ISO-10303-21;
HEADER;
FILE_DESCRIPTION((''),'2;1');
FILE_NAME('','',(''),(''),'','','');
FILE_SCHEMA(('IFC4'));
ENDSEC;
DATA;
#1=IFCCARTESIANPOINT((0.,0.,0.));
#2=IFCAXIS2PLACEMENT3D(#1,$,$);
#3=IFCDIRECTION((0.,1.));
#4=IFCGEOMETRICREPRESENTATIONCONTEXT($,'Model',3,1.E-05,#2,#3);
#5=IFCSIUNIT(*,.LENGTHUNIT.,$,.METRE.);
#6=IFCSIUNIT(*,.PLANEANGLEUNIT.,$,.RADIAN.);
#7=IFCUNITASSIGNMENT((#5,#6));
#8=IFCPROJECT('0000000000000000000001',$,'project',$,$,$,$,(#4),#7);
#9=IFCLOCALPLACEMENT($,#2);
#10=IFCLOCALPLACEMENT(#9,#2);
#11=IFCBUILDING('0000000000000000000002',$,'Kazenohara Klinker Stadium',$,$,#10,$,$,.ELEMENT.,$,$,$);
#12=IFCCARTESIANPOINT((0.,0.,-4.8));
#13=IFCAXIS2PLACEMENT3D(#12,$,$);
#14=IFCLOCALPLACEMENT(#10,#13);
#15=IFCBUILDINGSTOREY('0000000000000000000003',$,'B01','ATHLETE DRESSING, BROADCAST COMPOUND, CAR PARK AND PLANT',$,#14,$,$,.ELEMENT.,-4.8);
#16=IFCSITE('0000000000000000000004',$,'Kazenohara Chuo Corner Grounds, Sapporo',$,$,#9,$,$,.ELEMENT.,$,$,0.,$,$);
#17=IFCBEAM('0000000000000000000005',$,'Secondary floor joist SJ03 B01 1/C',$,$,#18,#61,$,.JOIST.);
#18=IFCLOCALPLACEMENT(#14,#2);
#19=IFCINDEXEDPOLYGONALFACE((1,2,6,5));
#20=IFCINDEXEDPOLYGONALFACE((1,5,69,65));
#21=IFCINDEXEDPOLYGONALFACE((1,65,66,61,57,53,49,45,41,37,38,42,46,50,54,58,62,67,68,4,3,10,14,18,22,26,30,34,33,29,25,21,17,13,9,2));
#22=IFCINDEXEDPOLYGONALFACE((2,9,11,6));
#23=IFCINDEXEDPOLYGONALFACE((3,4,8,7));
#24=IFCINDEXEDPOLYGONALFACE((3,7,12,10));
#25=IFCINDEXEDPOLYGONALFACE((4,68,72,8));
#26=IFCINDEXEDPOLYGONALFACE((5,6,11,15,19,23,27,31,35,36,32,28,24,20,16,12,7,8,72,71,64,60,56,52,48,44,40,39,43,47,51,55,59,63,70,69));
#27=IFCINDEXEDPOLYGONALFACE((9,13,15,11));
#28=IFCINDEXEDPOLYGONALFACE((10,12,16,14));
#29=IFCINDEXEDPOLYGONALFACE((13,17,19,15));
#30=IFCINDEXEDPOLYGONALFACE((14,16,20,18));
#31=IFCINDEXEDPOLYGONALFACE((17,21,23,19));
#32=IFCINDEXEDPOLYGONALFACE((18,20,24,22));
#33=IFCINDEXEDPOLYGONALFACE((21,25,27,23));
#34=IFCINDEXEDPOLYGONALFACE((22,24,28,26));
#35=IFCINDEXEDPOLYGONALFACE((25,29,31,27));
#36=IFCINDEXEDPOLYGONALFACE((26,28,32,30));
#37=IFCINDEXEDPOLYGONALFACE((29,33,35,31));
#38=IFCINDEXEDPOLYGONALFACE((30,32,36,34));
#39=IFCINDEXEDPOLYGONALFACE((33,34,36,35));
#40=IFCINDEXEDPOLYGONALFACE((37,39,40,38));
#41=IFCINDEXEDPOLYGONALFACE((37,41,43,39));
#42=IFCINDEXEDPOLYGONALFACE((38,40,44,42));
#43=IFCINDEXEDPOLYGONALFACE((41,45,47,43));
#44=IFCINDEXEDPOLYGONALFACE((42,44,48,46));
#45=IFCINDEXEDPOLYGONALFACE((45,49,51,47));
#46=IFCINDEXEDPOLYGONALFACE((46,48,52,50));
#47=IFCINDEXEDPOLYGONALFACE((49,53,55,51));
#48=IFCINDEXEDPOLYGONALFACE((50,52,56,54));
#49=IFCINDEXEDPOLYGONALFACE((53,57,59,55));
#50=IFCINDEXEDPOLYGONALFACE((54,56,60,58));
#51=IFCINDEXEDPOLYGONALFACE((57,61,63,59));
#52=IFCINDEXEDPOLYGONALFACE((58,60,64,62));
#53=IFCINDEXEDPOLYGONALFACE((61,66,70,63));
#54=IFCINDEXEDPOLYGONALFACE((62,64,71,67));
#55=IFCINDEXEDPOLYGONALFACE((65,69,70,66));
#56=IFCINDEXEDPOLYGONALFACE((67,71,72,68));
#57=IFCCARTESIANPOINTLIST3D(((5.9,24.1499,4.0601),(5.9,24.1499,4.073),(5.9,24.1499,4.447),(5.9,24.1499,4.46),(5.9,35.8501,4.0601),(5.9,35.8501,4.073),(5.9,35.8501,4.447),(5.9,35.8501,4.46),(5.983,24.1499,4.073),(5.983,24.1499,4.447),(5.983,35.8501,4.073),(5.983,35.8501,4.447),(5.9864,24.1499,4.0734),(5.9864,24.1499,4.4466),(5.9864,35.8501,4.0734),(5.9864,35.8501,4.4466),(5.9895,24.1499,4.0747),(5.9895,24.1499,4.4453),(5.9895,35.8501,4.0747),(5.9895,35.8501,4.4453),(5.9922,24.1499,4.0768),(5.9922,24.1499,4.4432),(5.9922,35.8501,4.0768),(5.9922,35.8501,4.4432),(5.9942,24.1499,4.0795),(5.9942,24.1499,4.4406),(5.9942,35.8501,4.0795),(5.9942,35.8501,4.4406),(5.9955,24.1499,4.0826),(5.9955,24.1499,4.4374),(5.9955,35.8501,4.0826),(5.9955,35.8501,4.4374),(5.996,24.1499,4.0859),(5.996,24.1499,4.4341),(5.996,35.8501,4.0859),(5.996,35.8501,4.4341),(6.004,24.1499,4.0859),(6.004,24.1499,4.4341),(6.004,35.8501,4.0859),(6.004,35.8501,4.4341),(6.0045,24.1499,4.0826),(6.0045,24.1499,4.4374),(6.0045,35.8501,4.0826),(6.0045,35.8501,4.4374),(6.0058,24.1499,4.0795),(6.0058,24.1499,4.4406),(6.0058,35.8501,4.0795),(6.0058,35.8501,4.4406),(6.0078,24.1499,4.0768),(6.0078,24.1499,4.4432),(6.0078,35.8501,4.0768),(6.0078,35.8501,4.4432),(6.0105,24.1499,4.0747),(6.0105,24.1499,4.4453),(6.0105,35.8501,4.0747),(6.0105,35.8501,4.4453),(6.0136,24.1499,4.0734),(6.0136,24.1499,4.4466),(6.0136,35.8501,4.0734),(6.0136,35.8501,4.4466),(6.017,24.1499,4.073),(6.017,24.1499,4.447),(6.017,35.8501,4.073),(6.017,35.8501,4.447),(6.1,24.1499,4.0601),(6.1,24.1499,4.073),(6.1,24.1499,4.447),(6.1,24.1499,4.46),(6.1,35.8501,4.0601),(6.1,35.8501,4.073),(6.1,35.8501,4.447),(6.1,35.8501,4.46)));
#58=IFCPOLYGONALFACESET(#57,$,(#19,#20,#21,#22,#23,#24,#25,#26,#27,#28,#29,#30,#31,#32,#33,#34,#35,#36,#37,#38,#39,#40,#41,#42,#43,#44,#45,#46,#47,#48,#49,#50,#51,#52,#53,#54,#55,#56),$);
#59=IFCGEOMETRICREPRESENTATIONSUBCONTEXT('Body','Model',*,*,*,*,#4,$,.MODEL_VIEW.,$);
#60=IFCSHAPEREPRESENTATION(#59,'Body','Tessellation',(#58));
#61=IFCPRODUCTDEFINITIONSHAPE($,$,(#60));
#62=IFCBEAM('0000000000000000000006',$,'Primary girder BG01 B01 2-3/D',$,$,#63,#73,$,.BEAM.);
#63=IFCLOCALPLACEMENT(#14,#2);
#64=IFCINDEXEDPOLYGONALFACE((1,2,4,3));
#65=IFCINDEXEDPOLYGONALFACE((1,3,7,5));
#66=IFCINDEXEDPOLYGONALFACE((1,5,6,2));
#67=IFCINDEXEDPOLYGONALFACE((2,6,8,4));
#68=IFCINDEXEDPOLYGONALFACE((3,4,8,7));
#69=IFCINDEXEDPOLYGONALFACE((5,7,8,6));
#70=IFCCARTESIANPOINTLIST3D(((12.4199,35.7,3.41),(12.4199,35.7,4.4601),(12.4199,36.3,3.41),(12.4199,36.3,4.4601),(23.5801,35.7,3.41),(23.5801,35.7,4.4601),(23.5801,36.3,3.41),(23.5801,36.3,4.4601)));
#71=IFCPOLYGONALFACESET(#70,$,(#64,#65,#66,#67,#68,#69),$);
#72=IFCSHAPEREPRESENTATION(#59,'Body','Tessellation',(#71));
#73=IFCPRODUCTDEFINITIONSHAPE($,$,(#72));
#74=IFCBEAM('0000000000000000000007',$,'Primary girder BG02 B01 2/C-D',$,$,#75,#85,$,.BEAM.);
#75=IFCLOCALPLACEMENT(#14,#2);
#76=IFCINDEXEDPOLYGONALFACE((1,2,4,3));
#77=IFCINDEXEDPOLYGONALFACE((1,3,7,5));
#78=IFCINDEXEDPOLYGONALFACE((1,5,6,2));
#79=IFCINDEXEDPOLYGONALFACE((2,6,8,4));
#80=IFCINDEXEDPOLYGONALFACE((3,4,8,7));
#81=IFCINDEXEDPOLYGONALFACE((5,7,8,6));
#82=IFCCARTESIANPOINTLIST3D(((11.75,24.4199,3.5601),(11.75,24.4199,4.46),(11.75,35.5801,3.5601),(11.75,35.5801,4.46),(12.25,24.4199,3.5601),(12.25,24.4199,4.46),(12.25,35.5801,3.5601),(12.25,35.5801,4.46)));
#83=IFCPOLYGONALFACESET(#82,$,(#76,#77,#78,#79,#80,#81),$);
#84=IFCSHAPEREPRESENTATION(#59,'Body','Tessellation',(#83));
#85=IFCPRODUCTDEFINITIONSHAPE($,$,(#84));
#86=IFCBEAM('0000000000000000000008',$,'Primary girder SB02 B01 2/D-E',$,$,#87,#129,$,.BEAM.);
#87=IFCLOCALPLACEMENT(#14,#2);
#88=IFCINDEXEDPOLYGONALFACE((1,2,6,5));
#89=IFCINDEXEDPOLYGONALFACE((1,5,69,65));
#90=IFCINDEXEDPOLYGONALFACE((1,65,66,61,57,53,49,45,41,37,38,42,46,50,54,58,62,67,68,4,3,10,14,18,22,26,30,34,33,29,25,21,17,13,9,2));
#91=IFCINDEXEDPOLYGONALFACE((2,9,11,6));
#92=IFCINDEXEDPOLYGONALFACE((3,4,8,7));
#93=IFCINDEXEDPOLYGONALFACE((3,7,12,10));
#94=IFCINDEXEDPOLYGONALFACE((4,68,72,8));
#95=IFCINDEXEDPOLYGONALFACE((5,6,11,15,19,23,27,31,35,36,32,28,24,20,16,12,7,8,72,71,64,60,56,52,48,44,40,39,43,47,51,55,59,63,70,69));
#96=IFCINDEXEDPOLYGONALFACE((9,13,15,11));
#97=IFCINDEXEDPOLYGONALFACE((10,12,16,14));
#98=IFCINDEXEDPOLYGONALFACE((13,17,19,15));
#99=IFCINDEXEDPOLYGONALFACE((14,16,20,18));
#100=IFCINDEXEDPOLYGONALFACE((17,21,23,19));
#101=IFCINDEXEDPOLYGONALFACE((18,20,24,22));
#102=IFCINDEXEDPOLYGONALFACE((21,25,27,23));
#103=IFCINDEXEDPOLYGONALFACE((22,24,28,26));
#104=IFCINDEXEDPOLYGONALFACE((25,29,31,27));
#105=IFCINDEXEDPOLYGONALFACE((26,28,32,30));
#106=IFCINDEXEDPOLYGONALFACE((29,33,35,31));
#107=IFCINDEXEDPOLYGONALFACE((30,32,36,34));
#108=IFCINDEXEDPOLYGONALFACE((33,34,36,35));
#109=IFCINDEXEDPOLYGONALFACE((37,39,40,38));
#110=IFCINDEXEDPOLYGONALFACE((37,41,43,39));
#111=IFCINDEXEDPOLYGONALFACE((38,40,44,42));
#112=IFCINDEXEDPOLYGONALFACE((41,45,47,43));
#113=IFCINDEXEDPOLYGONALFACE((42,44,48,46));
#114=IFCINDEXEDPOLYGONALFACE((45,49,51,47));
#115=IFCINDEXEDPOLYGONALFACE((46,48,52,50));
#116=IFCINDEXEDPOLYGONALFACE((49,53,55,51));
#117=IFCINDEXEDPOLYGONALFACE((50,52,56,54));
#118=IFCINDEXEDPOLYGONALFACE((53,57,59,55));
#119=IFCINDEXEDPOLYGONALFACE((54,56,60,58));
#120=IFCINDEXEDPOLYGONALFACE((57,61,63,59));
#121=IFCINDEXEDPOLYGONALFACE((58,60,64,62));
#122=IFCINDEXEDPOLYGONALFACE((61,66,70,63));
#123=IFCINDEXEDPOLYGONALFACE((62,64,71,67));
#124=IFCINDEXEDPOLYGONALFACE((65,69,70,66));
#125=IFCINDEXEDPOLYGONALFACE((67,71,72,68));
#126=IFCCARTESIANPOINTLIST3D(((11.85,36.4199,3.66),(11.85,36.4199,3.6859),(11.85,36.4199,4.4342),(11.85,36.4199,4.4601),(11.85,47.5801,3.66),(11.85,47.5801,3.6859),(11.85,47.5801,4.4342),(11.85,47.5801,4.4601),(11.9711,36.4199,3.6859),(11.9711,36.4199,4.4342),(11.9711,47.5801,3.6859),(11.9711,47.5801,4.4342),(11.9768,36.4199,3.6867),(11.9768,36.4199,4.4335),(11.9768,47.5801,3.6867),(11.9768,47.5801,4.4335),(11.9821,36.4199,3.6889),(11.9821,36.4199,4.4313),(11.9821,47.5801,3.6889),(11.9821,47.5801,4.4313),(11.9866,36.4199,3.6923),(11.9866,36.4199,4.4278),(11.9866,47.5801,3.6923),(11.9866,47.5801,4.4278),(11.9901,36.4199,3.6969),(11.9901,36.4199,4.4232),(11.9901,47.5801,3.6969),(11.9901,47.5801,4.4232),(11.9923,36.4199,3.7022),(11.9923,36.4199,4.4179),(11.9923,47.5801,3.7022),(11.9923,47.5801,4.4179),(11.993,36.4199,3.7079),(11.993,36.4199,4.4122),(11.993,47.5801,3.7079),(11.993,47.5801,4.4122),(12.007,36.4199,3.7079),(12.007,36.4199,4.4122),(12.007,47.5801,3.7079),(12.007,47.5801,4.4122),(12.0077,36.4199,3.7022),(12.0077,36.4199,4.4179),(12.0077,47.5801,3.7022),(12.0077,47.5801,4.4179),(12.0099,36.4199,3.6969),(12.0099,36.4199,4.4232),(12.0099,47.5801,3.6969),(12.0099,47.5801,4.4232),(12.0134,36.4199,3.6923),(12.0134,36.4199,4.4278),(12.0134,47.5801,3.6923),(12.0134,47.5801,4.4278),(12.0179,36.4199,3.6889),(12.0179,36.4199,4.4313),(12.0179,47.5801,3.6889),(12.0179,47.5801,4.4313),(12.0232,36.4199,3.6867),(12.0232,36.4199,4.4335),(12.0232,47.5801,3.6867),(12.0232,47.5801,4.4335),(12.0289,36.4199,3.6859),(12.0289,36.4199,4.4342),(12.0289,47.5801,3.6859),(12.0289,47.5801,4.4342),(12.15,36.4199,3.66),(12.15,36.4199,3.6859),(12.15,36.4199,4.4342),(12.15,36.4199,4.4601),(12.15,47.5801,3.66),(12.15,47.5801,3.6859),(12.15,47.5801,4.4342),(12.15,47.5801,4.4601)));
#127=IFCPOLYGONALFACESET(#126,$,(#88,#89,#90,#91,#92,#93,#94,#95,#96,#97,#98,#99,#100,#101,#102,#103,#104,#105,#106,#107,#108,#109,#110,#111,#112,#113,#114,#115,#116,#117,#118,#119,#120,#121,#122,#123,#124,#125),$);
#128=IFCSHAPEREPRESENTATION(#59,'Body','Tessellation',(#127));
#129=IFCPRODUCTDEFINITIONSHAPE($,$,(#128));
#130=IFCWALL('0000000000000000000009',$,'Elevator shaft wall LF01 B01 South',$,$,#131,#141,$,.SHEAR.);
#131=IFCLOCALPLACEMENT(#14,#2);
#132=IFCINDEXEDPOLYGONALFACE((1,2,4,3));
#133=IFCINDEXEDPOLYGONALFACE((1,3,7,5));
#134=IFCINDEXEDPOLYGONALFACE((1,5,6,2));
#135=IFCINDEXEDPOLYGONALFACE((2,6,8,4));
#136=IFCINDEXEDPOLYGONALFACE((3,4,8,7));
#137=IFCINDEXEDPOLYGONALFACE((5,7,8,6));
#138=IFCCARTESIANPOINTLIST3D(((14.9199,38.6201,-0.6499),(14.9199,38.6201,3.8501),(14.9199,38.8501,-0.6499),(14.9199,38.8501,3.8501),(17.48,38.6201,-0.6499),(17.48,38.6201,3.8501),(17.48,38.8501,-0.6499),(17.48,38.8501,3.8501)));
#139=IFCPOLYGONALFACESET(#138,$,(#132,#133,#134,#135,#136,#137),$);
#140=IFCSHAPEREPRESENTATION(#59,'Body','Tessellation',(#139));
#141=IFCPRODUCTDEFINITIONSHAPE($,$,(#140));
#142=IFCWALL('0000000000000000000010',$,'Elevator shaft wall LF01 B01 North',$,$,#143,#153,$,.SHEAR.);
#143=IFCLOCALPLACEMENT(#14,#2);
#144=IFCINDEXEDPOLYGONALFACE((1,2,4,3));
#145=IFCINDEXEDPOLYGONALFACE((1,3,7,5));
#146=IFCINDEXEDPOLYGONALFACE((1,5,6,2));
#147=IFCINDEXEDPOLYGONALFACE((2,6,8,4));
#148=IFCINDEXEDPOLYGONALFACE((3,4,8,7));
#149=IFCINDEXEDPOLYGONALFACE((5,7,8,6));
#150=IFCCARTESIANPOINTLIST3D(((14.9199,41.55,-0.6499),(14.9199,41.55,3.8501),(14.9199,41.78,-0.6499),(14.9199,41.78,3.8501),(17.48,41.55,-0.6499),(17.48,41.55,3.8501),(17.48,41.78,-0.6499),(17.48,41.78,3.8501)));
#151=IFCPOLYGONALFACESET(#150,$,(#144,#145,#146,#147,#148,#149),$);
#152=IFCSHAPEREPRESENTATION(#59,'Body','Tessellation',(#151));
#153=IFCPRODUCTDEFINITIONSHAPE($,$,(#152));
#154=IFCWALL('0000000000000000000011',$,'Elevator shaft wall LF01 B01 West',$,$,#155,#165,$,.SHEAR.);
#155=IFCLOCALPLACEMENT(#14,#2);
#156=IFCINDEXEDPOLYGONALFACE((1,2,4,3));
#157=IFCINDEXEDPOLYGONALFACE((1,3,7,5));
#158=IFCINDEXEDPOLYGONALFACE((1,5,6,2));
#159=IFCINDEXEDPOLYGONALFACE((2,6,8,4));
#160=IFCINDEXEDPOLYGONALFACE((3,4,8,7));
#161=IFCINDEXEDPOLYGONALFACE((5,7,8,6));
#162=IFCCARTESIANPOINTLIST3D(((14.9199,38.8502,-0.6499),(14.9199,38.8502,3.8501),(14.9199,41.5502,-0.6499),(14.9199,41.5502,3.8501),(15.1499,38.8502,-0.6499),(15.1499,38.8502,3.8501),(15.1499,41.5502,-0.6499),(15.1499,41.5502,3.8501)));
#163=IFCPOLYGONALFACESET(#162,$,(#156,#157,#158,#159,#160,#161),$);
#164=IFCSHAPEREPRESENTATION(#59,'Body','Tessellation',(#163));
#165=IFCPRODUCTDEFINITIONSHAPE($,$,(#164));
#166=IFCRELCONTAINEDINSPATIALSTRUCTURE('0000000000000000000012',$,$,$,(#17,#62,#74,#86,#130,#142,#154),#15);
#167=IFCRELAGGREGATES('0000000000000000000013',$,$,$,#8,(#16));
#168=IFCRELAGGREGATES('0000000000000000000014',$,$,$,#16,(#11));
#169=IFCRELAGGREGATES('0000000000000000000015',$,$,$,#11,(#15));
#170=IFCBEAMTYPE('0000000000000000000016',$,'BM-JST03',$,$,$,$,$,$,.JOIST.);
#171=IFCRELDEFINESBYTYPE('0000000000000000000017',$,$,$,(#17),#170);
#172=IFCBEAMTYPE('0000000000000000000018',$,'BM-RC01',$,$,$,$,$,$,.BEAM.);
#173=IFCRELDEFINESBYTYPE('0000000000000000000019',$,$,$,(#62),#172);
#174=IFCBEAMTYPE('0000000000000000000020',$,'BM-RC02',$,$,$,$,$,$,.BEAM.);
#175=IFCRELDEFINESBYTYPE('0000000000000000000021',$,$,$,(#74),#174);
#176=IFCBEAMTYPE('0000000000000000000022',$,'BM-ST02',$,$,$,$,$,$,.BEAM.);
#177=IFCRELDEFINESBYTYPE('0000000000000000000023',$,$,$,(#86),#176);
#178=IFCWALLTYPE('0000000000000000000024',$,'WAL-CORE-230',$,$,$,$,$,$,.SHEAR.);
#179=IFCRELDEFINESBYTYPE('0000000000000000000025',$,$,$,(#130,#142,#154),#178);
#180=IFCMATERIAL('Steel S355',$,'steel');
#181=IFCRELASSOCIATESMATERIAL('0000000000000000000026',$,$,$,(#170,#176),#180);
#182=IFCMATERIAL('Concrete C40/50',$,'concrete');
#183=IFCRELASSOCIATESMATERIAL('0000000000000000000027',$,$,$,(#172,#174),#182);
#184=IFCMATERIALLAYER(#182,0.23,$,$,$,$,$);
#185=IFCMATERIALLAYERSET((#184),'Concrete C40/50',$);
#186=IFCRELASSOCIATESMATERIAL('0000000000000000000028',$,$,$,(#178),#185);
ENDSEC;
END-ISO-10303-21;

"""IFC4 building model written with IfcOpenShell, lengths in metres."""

from ifc_helpers import new_model, si_unit, direction, frame, frame_2d, origin, origin_2d, place, context, subcontext, project, spatial, rectangle, i_section, extrude, material, layer, layer_set, material_profile, profile_set, type_object, element, save


model = new_model("IFC4")

# Units and contexts
model_context = context("Model", 3, precision=1e-05, world=origin(), true_north=direction((0.0, 1.0)))
body_context = subcontext(model_context, "Body", "Model", "MODEL_VIEW")
ifc_project = project(units=[si_unit("LENGTHUNIT", "METRE"), si_unit("PLANEANGLEUNIT", "RADIAN")], contexts=[model_context])

# Site, building, storey
site_placement = place(None, origin())
site = spatial("IfcSite", under=ifc_project, at=site_placement, Name="Kazenohara Chuo Corner Grounds, Sapporo", CompositionType="ELEMENT", RefElevation=0.0)
building_placement = place(site_placement, origin())
building = spatial("IfcBuilding", under=site, at=building_placement, Name="Kazenohara Klinker Stadium", CompositionType="ELEMENT")
storey_placement = place(building_placement, frame((0.0, 0.0, -4.8)))
storey = spatial("IfcBuildingStorey", under=building, at=storey_placement, Name="B01", Description="ATHLETE DRESSING, BROADCAST COMPOUND, CAR PARK AND PLANT", CompositionType="ELEMENT", Elevation=-4.8)

# Shared definitions
ifc_material_1 = material(Name="Concrete C40/50", Category="concrete")

# Beams
ifc_material_2 = material(Name="Steel S355", Category="steel")
ifc_material_profile_1 = material_profile(ifc_material_2, i_section(OverallWidth=0.2, OverallDepth=0.3999, WebThickness=0.0081, FlangeThickness=0.0129, FilletRadius=0.0129, at=origin_2d()), Name="H-400x200x8x13")
ifc_profile_set_1 = profile_set([ifc_material_profile_1], Name="Steel S355")
beam_type_1 = type_object("IfcBeamType", Name="BM-JST03", PredefinedType="JOIST", material=ifc_profile_set_1)
beam_1_placement = place(storey_placement, frame((6.0, 24.1499, 4.26), z_axis=(0.0, 1.0, 0.0), x_axis=(-1.0, 0.0, 0.0)))
element("IfcBeam", 1, at=beam_1_placement, inside=storey, type_object=beam_type_1, Name="Secondary floor joist SJ03 B01 1/C", PredefinedType="JOIST", context=body_context, shape_type="SweptSolid", body=[
    extrude(i_section(OverallWidth=0.2, OverallDepth=0.3999, WebThickness=0.0081, FlangeThickness=0.0129, FilletRadius=0.0129, at=origin_2d()), origin(), (0.0, 0.0, 1.0), 11.7002),
])
ifc_material_profile_2 = material_profile(ifc_material_1, rectangle(XDim=0.6001, YDim=1.05, at=origin_2d()), Name="RC-BM-600x1050")
ifc_profile_set_2 = profile_set([ifc_material_profile_2], Name="Concrete C40/50")
beam_type_2 = type_object("IfcBeamType", Name="BM-RC01", PredefinedType="BEAM", material=ifc_profile_set_2)
beam_2_placement = place(storey_placement, frame((12.4199, 36.0, 3.9351), z_axis=(1.0, 0.0, 0.0), x_axis=(0.0, 1.0, 0.0)))
element("IfcBeam", 2, at=beam_2_placement, inside=storey, type_object=beam_type_2, Name="Primary girder BG01 B01 2-3/D", PredefinedType="BEAM", context=body_context, shape_type="SweptSolid", body=[
    extrude(rectangle(XDim=0.6001, YDim=1.05, at=origin_2d()), origin(), (0.0, 0.0, 1.0), 11.1602),
])
ifc_material_profile_3 = material_profile(ifc_material_1, rectangle(XDim=0.5, YDim=0.8999, at=origin_2d()), Name="RC-BM-500x900")
ifc_profile_set_3 = profile_set([ifc_material_profile_3], Name="Concrete C40/50")
beam_type_3 = type_object("IfcBeamType", Name="BM-RC02", PredefinedType="BEAM", material=ifc_profile_set_3)
beam_3_placement = place(storey_placement, frame((12.0, 24.4199, 4.01), z_axis=(0.0, 1.0, 0.0), x_axis=(-1.0, 0.0, 0.0)))
element("IfcBeam", 3, at=beam_3_placement, inside=storey, type_object=beam_type_3, Name="Primary girder BG02 B01 2/C-D", PredefinedType="BEAM", context=body_context, shape_type="SweptSolid", body=[
    extrude(rectangle(XDim=0.5, YDim=0.8999, at=origin_2d()), origin(), (0.0, 0.0, 1.0), 11.1602),
])
ifc_material_profile_4 = material_profile(ifc_material_2, i_section(OverallWidth=0.3, OverallDepth=0.8, WebThickness=0.0139, FlangeThickness=0.0259, FilletRadius=0.022, at=origin_2d()), Name="H-800x300x14x26")
ifc_profile_set_4 = profile_set([ifc_material_profile_4], Name="Steel S355")
beam_type_4 = type_object("IfcBeamType", Name="BM-ST02", PredefinedType="BEAM", material=ifc_profile_set_4)
beam_4_placement = place(storey_placement, frame((12.0, 36.4199, 4.0601), z_axis=(0.0, 1.0, 0.0), x_axis=(-1.0, 0.0, 0.0)))
element("IfcBeam", 4, at=beam_4_placement, inside=storey, type_object=beam_type_4, Name="Primary girder SB02 B01 2/D-E", PredefinedType="BEAM", context=body_context, shape_type="SweptSolid", body=[
    extrude(i_section(OverallWidth=0.3, OverallDepth=0.8, WebThickness=0.0139, FlangeThickness=0.0259, FilletRadius=0.022, at=origin_2d()), origin(), (0.0, 0.0, 1.0), 11.1602),
])

# Walls
ifc_layer_1 = layer(ifc_material_1, 0.23)
ifc_layer_set_1 = layer_set([ifc_layer_1], Name="Concrete C40/50")
wall_type_1 = type_object("IfcWallType", Name="WAL-CORE-230", PredefinedType="SHEAR", material=ifc_layer_set_1)
for number, where, z_axis, x_axis, name in (
    (5, (14.9199, 38.7351, -0.6499), (0.0, 0.0, 1.0), (1.0, 0.0, 0.0), "Elevator shaft wall LF01 B01 South"),
    (6, (14.9199, 41.665, -0.6499), (0.0, 0.0, 1.0), (1.0, 0.0, 0.0), "Elevator shaft wall LF01 B01 North"),
):
    element("IfcWall", number, at=place(storey_placement, frame(where, z_axis=z_axis, x_axis=x_axis)), inside=storey, type_object=wall_type_1, Name=name, PredefinedType="SHEAR", context=body_context, shape_type="SweptSolid", body=[
        extrude(rectangle(XDim=2.5601, YDim=0.23, at=frame_2d((1.28, 0.0))), origin(), (0.0, 0.0, 1.0), 4.5),
    ])
wall_1_placement = place(storey_placement, frame((15.0349, 38.8501, -0.6499), z_axis=(0.0, 0.0, 1.0), x_axis=(0.0, 1.0, 0.0)))
element("IfcWall", 7, at=wall_1_placement, inside=storey, type_object=wall_type_1, Name="Elevator shaft wall LF01 B01 West", PredefinedType="SHEAR", context=body_context, shape_type="SweptSolid", body=[
    extrude(rectangle(XDim=2.7, YDim=0.23, at=frame_2d((1.3501, 0.0))), origin(), (0.0, 0.0, 1.0), 4.5),
])

save(model, "model.ifc")
